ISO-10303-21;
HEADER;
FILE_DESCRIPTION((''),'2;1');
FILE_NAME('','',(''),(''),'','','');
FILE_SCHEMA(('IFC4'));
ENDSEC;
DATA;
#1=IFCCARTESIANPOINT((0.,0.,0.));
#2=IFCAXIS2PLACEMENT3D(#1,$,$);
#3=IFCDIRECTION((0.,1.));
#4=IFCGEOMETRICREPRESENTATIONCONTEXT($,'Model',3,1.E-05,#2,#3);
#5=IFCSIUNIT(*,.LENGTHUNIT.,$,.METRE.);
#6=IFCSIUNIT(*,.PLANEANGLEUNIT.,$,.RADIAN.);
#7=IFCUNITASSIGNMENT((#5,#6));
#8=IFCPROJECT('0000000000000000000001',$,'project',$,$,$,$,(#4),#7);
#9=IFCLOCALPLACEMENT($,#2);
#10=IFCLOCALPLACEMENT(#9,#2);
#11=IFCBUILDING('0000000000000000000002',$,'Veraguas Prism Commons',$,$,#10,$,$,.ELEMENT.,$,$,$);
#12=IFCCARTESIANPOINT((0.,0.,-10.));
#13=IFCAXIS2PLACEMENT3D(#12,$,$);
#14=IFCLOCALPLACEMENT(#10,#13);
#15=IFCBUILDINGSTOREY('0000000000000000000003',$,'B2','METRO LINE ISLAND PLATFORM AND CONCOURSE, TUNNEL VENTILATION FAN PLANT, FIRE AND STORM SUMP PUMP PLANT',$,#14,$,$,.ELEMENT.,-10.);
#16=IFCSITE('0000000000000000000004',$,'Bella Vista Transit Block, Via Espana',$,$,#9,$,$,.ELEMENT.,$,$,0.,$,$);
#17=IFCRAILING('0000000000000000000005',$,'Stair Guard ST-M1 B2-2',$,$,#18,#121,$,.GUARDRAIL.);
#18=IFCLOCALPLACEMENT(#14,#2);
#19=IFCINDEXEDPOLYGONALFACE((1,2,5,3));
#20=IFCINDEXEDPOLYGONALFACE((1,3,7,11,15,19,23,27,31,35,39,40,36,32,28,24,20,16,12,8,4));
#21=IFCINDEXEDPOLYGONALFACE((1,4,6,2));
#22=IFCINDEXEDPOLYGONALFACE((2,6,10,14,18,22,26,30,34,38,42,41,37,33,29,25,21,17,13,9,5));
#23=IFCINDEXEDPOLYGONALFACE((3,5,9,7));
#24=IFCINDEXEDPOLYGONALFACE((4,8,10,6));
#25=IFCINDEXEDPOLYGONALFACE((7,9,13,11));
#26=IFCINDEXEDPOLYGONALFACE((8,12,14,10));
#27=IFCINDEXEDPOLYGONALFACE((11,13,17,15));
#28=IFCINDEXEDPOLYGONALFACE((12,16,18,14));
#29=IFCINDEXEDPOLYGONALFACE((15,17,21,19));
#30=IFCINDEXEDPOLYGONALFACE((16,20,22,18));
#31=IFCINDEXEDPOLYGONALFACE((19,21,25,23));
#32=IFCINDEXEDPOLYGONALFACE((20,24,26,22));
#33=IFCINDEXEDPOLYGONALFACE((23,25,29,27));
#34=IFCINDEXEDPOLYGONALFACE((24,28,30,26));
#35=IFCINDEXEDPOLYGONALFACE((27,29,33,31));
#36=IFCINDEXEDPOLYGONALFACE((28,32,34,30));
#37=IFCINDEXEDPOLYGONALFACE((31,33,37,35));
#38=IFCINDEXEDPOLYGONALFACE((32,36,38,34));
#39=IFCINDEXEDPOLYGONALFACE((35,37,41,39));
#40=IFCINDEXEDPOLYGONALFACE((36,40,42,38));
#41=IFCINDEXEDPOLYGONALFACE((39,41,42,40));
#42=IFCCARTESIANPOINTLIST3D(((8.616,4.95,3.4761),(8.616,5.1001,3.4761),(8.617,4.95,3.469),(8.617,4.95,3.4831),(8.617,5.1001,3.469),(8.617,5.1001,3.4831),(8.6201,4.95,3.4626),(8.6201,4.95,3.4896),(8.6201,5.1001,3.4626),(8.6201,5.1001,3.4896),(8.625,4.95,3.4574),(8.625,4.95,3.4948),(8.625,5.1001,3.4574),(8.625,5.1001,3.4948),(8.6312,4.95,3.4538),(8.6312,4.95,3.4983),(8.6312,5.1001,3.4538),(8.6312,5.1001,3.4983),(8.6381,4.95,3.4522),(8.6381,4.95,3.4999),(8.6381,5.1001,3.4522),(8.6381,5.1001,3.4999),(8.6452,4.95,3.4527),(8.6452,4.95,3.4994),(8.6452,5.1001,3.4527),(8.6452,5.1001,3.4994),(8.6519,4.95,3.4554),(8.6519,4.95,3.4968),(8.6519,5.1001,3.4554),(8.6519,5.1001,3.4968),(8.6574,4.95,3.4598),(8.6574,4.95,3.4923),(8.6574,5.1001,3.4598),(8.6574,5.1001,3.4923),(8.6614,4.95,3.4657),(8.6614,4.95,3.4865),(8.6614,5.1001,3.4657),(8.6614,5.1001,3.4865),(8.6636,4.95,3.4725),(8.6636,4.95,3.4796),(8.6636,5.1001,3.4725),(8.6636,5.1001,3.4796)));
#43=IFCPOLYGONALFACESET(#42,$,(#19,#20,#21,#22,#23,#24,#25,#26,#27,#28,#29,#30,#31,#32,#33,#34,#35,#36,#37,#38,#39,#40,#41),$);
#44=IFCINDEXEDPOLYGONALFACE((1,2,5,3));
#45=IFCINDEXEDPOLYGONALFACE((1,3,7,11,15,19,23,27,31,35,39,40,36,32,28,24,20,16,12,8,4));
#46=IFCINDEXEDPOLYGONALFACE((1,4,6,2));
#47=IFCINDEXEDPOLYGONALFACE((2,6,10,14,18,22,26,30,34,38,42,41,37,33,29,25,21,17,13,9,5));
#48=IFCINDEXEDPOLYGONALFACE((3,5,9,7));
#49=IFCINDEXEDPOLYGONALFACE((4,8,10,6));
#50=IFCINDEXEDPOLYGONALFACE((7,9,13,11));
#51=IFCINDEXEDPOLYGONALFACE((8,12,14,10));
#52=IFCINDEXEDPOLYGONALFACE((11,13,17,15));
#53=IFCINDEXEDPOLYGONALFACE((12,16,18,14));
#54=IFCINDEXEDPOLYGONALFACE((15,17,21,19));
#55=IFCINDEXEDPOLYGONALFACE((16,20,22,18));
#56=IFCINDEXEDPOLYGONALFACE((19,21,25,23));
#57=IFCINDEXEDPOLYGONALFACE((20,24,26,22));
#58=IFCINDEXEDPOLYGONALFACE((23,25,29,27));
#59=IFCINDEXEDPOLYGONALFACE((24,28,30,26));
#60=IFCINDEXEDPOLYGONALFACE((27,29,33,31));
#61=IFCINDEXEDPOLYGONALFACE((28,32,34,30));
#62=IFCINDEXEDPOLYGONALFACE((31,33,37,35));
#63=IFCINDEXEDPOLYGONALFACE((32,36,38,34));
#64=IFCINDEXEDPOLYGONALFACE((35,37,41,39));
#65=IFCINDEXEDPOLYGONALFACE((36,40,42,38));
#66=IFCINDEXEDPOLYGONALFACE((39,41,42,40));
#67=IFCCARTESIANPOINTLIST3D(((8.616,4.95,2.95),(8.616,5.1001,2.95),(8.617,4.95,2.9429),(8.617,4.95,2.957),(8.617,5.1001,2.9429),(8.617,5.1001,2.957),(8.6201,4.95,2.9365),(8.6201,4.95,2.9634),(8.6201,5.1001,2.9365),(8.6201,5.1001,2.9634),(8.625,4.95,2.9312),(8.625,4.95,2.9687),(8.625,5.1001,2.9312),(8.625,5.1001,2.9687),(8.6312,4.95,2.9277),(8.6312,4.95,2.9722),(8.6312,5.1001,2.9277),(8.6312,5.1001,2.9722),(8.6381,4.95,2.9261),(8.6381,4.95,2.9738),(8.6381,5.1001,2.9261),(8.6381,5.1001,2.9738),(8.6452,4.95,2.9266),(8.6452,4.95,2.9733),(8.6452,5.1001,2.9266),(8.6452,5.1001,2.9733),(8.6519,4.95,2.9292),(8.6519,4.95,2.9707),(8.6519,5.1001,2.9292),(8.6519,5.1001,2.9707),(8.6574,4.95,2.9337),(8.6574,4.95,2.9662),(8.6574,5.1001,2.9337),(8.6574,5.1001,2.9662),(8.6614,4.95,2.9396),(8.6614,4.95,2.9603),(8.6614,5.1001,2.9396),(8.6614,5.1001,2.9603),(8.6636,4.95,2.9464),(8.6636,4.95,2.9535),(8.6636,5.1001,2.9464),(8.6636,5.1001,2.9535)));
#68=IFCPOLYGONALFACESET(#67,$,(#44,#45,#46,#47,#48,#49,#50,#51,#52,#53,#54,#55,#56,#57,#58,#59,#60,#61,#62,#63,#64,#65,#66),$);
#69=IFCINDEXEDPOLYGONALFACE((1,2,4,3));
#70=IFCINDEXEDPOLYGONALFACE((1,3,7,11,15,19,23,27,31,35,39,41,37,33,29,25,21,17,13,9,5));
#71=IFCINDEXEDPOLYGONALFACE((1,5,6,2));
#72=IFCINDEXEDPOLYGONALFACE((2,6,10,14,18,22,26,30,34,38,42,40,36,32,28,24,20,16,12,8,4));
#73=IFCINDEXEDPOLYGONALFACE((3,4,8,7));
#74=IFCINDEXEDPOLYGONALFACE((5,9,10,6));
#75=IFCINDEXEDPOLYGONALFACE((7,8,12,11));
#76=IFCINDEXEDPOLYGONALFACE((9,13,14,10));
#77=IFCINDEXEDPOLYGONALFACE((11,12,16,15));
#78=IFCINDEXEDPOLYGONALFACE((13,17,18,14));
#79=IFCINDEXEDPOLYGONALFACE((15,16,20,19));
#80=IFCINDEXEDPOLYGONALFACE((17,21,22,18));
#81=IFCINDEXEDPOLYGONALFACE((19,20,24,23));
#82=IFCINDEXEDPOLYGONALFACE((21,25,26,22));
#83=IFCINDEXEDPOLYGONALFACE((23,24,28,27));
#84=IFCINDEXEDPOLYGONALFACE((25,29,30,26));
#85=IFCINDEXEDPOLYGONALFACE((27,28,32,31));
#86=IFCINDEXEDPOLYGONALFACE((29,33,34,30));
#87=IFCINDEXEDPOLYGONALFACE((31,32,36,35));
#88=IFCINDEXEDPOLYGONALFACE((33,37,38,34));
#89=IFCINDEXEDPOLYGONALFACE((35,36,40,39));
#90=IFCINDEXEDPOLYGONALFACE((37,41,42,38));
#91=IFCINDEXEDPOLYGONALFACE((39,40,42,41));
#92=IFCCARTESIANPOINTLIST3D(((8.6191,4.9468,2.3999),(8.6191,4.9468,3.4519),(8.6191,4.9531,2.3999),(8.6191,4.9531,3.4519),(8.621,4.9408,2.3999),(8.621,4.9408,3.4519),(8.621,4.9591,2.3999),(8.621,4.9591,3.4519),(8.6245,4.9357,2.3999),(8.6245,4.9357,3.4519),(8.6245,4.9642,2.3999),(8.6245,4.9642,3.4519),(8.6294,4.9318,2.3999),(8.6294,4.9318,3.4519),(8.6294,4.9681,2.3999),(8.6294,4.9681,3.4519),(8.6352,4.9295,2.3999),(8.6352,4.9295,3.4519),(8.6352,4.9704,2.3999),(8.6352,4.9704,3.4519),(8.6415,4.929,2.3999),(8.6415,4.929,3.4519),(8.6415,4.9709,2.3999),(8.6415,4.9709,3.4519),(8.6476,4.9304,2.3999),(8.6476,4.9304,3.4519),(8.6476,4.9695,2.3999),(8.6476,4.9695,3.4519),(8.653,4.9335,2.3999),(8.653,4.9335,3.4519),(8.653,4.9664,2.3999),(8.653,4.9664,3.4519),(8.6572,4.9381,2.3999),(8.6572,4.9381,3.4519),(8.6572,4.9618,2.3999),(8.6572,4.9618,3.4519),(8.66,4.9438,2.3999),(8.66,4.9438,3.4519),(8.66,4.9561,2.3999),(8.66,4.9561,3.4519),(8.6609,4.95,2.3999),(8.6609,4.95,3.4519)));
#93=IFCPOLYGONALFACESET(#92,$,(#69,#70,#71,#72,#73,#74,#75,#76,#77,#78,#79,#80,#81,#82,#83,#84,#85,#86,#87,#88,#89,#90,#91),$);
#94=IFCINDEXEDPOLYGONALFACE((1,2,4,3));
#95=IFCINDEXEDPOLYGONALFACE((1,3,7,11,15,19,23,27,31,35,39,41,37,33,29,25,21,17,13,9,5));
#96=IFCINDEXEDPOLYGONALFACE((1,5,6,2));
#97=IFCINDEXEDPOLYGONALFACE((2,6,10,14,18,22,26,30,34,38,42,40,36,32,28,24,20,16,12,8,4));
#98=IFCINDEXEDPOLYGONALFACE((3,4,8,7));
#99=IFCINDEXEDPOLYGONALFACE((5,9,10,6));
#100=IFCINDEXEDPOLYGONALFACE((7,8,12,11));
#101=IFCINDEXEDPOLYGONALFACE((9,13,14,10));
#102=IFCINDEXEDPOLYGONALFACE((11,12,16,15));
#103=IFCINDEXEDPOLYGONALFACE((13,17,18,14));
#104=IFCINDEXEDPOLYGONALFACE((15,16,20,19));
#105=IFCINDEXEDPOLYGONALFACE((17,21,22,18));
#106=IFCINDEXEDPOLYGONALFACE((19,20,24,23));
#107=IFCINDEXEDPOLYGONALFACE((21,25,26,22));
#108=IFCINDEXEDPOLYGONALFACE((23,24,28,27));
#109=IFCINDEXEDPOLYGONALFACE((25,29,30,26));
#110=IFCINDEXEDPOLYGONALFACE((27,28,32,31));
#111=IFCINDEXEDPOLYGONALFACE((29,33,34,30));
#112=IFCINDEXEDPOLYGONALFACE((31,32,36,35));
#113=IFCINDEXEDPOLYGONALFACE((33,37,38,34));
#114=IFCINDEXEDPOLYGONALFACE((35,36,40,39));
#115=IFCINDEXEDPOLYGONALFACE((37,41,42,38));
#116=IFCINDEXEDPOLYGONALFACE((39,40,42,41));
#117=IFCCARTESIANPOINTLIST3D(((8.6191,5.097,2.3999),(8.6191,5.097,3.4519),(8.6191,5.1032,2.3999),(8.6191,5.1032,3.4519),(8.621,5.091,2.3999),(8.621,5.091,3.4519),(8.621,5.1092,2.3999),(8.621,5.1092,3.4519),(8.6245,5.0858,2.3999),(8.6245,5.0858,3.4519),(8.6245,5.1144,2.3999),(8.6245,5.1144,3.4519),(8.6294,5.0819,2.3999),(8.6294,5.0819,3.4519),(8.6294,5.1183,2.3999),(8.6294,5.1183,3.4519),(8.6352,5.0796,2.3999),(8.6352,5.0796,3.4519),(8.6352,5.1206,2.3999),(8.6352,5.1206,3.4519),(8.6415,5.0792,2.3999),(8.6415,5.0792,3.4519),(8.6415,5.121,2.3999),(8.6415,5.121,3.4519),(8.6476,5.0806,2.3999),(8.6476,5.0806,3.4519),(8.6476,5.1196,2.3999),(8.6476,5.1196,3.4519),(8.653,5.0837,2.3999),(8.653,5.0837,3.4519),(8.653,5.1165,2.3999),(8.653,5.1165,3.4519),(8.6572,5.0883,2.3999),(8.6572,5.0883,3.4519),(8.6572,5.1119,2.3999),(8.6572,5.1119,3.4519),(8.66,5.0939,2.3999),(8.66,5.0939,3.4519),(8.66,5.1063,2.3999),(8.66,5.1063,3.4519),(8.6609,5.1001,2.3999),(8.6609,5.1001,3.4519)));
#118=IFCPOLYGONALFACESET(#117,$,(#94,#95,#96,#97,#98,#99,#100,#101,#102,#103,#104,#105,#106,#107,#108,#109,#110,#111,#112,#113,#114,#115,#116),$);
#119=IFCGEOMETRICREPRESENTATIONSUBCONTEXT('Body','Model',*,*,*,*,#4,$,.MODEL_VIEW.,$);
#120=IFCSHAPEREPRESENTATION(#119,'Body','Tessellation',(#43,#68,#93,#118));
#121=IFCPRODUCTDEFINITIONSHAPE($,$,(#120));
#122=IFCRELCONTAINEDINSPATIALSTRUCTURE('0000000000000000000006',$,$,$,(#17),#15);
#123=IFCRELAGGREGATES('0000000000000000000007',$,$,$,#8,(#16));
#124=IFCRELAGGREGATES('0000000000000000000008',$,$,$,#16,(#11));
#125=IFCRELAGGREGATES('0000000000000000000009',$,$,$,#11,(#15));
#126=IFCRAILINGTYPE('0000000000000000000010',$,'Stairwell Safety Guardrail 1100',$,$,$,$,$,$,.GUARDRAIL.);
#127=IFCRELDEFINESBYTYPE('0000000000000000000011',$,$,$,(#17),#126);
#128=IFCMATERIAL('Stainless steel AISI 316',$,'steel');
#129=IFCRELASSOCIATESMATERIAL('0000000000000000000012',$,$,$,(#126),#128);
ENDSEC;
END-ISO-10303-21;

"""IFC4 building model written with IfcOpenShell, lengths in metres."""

from ifc_helpers import new_model, si_unit, direction, frame, origin, origin_2d, place, context, subcontext, project, spatial, circle, extrude, material, type_object, element, save


model = new_model("IFC4")

# Units and contexts
model_context = context("Model", 3, precision=1e-05, world=origin(), true_north=direction((0.0, 1.0)))
body_context = subcontext(model_context, "Body", "Model", "MODEL_VIEW")
ifc_project = project(units=[si_unit("LENGTHUNIT", "METRE"), si_unit("PLANEANGLEUNIT", "RADIAN")], contexts=[model_context])

# Site, building, storey
site_placement = place(None, origin())
site = spatial("IfcSite", under=ifc_project, at=site_placement, Name="Bella Vista Transit Block, Via Espana", CompositionType="ELEMENT", RefElevation=0.0)
building_placement = place(site_placement, origin())
building = spatial("IfcBuilding", under=site, at=building_placement, Name="Veraguas Prism Commons", CompositionType="ELEMENT")
storey_placement = place(building_placement, frame((0.0, 0.0, -10.0)))
storey = spatial("IfcBuildingStorey", under=building, at=storey_placement, Name="B2", Description="METRO LINE ISLAND PLATFORM AND CONCOURSE, TUNNEL VENTILATION FAN PLANT, FIRE AND STORM SUMP PUMP PLANT", CompositionType="ELEMENT", Elevation=-10.0)

# Railing
ifc_material_1 = material(Name="Stainless steel AISI 316", Category="steel")
railing_type_1 = type_object("IfcRailingType", Name="Stairwell Safety Guardrail 1100", PredefinedType="GUARDRAIL", material=ifc_material_1)
railing_1_placement = place(storey_placement, frame((8.6399, 4.95, 2.3999)))
element("IfcRailing", 1, at=railing_1_placement, inside=storey, type_object=railing_type_1, Name="Stair Guard ST-M1 B2-2", PredefinedType="GUARDRAIL", context=body_context, shape_type="SweptSolid", body=[
    extrude(circle(Radius=0.0239, at=origin_2d()), frame((0.0, 0.0, 1.0762), z_axis=(0.0, 1.0, 0.0), x_axis=(-1.0, 0.0, 0.0)), (0.0, 0.0, 1.0), 0.1501),
    extrude(circle(Radius=0.0239, at=origin_2d()), frame((0.0, 0.0, 0.55), z_axis=(0.0, 1.0, 0.0), x_axis=(-1.0, 0.0, 0.0)), (0.0, 0.0, 1.0), 0.1501),
    extrude(circle(Radius=0.021, at=origin_2d()), origin(), (0.0, 0.0, 1.0), 1.052),
    extrude(circle(Radius=0.021, at=origin_2d()), frame((0.0, 0.1501, 0.0)), (0.0, 0.0, 1.0), 1.052),
])

save(model, "model.ifc")
